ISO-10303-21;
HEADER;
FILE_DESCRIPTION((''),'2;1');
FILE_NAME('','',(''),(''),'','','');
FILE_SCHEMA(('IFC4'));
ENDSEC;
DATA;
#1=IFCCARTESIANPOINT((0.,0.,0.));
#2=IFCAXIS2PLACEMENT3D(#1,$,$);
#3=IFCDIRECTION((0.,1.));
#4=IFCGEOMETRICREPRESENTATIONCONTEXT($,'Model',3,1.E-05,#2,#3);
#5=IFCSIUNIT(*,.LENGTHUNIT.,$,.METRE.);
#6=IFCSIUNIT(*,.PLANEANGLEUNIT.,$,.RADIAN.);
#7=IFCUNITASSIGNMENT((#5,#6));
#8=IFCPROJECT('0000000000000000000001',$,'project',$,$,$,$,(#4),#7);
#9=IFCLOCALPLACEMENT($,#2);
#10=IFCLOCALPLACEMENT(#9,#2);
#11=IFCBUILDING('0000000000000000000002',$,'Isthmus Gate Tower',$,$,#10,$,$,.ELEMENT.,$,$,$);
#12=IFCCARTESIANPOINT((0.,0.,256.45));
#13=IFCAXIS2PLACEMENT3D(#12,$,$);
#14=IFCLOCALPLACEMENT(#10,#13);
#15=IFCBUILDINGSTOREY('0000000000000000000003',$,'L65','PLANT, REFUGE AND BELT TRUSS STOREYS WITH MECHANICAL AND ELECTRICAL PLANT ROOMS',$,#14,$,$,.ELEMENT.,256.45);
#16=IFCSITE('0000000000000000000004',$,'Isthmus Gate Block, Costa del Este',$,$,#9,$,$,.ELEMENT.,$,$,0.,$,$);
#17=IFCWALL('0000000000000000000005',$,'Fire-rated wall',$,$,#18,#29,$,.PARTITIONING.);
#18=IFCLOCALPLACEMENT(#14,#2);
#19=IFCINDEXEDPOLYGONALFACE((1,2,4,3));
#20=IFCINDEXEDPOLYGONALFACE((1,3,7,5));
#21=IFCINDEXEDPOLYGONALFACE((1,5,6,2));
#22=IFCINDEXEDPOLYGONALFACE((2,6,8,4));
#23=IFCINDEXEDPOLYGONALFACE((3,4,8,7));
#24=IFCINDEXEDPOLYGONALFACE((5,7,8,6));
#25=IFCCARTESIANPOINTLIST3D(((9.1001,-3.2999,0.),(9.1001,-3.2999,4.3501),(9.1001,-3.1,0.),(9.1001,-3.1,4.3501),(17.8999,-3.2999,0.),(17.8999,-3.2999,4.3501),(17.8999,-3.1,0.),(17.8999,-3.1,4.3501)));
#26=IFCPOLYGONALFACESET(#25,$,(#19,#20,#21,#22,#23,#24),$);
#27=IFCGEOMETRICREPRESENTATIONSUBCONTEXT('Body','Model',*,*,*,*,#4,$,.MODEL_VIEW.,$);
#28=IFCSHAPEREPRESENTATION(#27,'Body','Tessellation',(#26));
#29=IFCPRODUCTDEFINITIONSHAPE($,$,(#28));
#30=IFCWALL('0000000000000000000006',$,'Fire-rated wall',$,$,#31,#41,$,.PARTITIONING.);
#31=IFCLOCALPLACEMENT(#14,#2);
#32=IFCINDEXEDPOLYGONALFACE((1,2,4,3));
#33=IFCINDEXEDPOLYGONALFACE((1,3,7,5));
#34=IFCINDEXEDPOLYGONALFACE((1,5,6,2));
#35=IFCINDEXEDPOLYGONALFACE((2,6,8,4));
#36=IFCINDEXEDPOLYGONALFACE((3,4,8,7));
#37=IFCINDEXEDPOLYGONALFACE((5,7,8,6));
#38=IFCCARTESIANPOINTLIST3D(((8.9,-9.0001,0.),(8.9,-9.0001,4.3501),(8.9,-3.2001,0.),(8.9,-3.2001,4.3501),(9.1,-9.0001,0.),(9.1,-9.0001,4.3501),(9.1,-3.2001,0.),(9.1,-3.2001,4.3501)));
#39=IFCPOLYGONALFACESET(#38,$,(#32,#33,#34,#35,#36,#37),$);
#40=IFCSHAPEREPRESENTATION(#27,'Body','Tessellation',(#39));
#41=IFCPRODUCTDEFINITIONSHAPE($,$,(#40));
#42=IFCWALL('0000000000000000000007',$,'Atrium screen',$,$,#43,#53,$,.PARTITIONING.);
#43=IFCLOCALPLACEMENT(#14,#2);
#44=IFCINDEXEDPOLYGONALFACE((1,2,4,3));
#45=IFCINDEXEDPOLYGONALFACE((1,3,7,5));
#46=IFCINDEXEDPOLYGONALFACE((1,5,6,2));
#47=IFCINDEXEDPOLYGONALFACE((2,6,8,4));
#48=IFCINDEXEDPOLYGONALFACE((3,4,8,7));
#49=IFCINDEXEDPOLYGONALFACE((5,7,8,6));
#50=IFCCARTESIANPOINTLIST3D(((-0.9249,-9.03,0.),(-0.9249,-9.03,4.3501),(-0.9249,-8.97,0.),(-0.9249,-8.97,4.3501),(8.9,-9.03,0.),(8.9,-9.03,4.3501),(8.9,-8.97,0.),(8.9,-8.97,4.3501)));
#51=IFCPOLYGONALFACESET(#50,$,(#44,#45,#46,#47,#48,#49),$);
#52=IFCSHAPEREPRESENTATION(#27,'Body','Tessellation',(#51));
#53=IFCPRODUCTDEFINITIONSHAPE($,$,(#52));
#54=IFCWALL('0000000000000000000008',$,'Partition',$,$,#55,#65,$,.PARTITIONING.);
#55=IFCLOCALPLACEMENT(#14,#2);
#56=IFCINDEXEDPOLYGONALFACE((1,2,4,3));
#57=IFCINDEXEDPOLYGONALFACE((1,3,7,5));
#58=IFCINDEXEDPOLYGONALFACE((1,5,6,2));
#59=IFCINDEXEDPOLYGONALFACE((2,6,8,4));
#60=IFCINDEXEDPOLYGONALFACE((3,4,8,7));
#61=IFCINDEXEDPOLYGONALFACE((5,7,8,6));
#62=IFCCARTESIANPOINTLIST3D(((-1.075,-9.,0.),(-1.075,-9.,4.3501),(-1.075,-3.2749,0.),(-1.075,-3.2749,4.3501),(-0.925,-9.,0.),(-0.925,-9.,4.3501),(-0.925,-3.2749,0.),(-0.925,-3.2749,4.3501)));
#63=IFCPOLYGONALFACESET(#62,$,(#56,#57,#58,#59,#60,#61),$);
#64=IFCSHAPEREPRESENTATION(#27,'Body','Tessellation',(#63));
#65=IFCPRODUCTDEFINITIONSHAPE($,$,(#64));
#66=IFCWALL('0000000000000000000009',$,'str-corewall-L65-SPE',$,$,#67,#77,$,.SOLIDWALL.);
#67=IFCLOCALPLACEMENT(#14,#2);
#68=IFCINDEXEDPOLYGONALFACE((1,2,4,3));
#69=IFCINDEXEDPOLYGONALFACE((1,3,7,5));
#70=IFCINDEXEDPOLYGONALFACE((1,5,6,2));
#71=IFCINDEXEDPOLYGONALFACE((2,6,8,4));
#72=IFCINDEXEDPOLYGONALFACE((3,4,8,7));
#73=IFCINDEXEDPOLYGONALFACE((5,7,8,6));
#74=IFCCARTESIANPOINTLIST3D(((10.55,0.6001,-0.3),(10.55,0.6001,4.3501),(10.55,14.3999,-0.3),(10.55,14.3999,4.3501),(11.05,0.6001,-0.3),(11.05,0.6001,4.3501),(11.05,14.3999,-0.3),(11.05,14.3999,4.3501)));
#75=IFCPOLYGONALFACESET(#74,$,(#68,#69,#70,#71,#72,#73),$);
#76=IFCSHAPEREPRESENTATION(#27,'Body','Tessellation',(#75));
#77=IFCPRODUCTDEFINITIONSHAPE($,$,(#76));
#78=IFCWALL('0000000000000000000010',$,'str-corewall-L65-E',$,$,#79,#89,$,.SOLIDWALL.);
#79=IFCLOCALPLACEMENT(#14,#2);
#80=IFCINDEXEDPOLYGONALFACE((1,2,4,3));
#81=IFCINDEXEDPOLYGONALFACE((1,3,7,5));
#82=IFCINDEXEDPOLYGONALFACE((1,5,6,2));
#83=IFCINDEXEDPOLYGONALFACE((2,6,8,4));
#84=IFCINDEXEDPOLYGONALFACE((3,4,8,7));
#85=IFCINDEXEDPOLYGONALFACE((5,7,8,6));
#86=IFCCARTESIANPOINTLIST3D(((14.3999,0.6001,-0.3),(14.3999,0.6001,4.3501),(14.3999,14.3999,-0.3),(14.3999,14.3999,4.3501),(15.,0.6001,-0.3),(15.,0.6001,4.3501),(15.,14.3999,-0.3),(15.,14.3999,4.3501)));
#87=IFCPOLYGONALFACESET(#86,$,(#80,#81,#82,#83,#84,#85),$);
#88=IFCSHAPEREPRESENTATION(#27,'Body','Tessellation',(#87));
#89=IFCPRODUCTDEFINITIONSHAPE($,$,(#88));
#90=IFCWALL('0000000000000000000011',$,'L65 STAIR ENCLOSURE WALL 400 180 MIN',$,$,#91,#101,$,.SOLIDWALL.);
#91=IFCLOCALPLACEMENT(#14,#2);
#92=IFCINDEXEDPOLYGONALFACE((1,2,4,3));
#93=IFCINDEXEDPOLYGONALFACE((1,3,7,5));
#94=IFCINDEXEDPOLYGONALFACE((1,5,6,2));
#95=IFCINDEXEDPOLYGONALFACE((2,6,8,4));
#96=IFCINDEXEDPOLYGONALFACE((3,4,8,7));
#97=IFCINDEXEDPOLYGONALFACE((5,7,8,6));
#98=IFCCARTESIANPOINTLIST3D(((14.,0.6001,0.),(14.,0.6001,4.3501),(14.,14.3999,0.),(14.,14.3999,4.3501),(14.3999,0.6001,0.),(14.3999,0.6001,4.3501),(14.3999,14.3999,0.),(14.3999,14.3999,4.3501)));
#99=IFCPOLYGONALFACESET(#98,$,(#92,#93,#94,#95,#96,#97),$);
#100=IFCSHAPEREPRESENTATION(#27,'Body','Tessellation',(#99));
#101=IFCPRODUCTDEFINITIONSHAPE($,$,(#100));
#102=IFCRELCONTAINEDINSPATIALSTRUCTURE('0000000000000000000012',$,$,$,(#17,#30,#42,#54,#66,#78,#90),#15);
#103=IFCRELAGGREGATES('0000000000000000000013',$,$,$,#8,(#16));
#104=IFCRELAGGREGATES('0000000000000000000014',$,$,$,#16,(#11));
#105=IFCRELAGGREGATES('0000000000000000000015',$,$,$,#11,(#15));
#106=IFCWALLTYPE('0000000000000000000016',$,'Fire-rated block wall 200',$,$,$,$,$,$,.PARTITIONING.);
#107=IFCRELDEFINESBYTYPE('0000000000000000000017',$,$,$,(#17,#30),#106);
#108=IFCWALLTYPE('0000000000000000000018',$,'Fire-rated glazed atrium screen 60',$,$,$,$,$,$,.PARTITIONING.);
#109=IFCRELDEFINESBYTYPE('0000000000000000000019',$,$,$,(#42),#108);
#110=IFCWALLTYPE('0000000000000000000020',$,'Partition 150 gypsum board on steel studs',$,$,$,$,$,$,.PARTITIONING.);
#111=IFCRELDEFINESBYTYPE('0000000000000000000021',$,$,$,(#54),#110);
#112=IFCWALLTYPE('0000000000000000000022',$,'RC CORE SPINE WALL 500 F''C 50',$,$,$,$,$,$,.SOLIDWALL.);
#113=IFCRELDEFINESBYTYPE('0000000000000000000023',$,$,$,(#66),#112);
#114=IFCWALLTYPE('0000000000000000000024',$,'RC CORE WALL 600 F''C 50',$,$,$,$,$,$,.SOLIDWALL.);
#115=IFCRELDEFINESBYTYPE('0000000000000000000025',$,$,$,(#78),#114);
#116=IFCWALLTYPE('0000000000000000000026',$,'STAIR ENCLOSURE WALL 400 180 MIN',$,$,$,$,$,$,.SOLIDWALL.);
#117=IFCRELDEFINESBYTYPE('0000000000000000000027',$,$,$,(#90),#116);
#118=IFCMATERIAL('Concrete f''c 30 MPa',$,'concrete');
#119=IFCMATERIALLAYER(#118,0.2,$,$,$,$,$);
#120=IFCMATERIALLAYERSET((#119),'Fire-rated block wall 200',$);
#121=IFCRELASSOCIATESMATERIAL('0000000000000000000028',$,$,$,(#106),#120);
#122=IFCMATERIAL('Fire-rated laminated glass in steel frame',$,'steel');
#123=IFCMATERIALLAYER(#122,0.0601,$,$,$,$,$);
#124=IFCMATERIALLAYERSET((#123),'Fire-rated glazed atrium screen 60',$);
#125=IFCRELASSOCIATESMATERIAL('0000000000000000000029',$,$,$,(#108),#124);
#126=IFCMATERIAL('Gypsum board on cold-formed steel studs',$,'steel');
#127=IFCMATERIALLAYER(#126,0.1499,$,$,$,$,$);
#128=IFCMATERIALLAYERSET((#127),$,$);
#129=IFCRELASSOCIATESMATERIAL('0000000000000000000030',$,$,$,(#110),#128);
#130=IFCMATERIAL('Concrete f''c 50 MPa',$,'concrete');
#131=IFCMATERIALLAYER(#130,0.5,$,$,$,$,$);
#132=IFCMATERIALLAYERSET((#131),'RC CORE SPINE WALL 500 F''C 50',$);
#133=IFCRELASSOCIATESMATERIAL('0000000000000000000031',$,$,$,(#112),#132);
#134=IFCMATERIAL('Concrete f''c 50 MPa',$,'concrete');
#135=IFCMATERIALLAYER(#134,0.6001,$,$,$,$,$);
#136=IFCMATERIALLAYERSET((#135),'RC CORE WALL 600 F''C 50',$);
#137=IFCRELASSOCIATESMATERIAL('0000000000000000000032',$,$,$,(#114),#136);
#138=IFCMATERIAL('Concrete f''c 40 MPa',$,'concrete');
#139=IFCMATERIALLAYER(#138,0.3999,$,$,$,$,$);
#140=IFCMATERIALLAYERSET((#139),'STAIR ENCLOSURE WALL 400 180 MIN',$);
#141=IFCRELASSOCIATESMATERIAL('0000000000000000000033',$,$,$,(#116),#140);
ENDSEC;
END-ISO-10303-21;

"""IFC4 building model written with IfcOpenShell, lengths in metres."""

from ifc_helpers import new_model, si_unit, direction, frame, frame_2d, origin, place, context, subcontext, project, spatial, rectangle, extrude, material, layer, layer_set, type_object, element, save


model = new_model("IFC4")

# Units and contexts
model_context = context("Model", 3, precision=1e-05, world=origin(), true_north=direction((0.0, 1.0)))
body_context = subcontext(model_context, "Body", "Model", "MODEL_VIEW")
ifc_project = project(units=[si_unit("LENGTHUNIT", "METRE"), si_unit("PLANEANGLEUNIT", "RADIAN")], contexts=[model_context])

# Site, building, storey
site_placement = place(None, origin())
site = spatial("IfcSite", under=ifc_project, at=site_placement, Name="Isthmus Gate Block, Costa del Este", CompositionType="ELEMENT", RefElevation=0.0)
building_placement = place(site_placement, origin())
building = spatial("IfcBuilding", under=site, at=building_placement, Name="Isthmus Gate Tower", CompositionType="ELEMENT")
storey_placement = place(building_placement, frame((0.0, 0.0, 256.45)))
storey = spatial("IfcBuildingStorey", under=building, at=storey_placement, Name="L65", Description="PLANT, REFUGE AND BELT TRUSS STOREYS WITH MECHANICAL AND ELECTRICAL PLANT ROOMS", CompositionType="ELEMENT", Elevation=256.45)

# Walls
ifc_material_1 = material(Name="Concrete f'c 30 MPa", Category="concrete")
ifc_layer_1 = layer(ifc_material_1, 0.2)
ifc_layer_set_1 = layer_set([ifc_layer_1], Name="Fire-rated block wall 200")
wall_type_1 = type_object("IfcWallType", Name="Fire-rated block wall 200", PredefinedType="PARTITIONING", material=ifc_layer_set_1)
wall_1_placement = place(storey_placement, frame((9.1001, -3.2, 0.0), z_axis=(0.0, 0.0, 1.0), x_axis=(1.0, 0.0, 0.0)))
element("IfcWall", 1, at=wall_1_placement, inside=storey, type_object=wall_type_1, Name="Fire-rated wall", PredefinedType="PARTITIONING", context=body_context, shape_type="SweptSolid", body=[
    extrude(rectangle(XDim=8.7998, YDim=0.2, at=frame_2d((4.3999, 0.0))), origin(), (0.0, 0.0, 1.0), 4.3501),
])
wall_2_placement = place(storey_placement, frame((9.0, -9.0, 0.0), z_axis=(0.0, 0.0, 1.0), x_axis=(0.0, 1.0, 0.0)))
element("IfcWall", 2, at=wall_2_placement, inside=storey, type_object=wall_type_1, Name="Fire-rated wall", PredefinedType="PARTITIONING", context=body_context, shape_type="SweptSolid", body=[
    extrude(rectangle(XDim=5.8, YDim=0.2, at=frame_2d((2.8999, 0.0))), origin(), (0.0, 0.0, 1.0), 4.3501),
])
ifc_material_2 = material(Name="Fire-rated laminated glass in steel frame", Category="steel")
ifc_layer_2 = layer(ifc_material_2, 0.0601)
ifc_layer_set_2 = layer_set([ifc_layer_2], Name="Fire-rated glazed atrium screen 60")
wall_type_2 = type_object("IfcWallType", Name="Fire-rated glazed atrium screen 60", PredefinedType="PARTITIONING", material=ifc_layer_set_2)
wall_3_placement = place(storey_placement, frame((-0.925, -9.0, 0.0), z_axis=(0.0, 0.0, 1.0), x_axis=(1.0, 0.0, 0.0)))
element("IfcWall", 3, at=wall_3_placement, inside=storey, type_object=wall_type_2, Name="Atrium screen", PredefinedType="PARTITIONING", context=body_context, shape_type="SweptSolid", body=[
    extrude(rectangle(XDim=9.825, YDim=0.0601, at=frame_2d((4.9126, 0.0))), origin(), (0.0, 0.0, 1.0), 4.3501),
])
ifc_material_3 = material(Name="Gypsum board on cold-formed steel studs", Category="steel")
ifc_layer_3 = layer(ifc_material_3, 0.1499)
ifc_layer_set_3 = layer_set([ifc_layer_3])
wall_type_3 = type_object("IfcWallType", Name="Partition 150 gypsum board on steel studs", PredefinedType="PARTITIONING", material=ifc_layer_set_3)
wall_4_placement = place(storey_placement, frame((-1.0, -9.0, 0.0), z_axis=(0.0, 0.0, 1.0), x_axis=(0.0, 1.0, 0.0)))
element("IfcWall", 4, at=wall_4_placement, inside=storey, type_object=wall_type_3, Name="Partition", PredefinedType="PARTITIONING", context=body_context, shape_type="SweptSolid", body=[
    extrude(rectangle(XDim=5.7251, YDim=0.1499, at=frame_2d((2.8625, 0.0))), origin(), (0.0, 0.0, 1.0), 4.3501),
])
ifc_material_4 = material(Name="Concrete f'c 50 MPa", Category="concrete")
ifc_layer_4 = layer(ifc_material_4, 0.5)
ifc_layer_set_4 = layer_set([ifc_layer_4], Name="RC CORE SPINE WALL 500 F'C 50")
wall_type_4 = type_object("IfcWallType", Name="RC CORE SPINE WALL 500 F'C 50", PredefinedType="SOLIDWALL", material=ifc_layer_set_4)
wall_5_placement = place(storey_placement, frame((10.8, 0.6001, -0.3), z_axis=(0.0, 0.0, 1.0), x_axis=(0.0, 1.0, 0.0)))
element("IfcWall", 5, at=wall_5_placement, inside=storey, type_object=wall_type_4, Name="str-corewall-L65-SPE", PredefinedType="SOLIDWALL", context=body_context, shape_type="SweptSolid", body=[
    extrude(rectangle(XDim=13.7998, YDim=0.5, at=frame_2d((6.8999, 0.0))), origin(), (0.0, 0.0, 1.0), 4.6501),
])
ifc_material_5 = material(Name="Concrete f'c 50 MPa", Category="concrete")
ifc_layer_5 = layer(ifc_material_5, 0.6001)
ifc_layer_set_5 = layer_set([ifc_layer_5], Name="RC CORE WALL 600 F'C 50")
wall_type_5 = type_object("IfcWallType", Name="RC CORE WALL 600 F'C 50", PredefinedType="SOLIDWALL", material=ifc_layer_set_5)
wall_6_placement = place(storey_placement, frame((14.7, 0.6001, -0.3), z_axis=(0.0, 0.0, 1.0), x_axis=(0.0, 1.0, 0.0)))
element("IfcWall", 6, at=wall_6_placement, inside=storey, type_object=wall_type_5, Name="str-corewall-L65-E", PredefinedType="SOLIDWALL", context=body_context, shape_type="SweptSolid", body=[
    extrude(rectangle(XDim=13.7998, YDim=0.6001, at=frame_2d((6.8999, 0.0))), origin(), (0.0, 0.0, 1.0), 4.6501),
])
ifc_material_6 = material(Name="Concrete f'c 40 MPa", Category="concrete")
ifc_layer_6 = layer(ifc_material_6, 0.3999)
ifc_layer_set_6 = layer_set([ifc_layer_6], Name="STAIR ENCLOSURE WALL 400 180 MIN")
wall_type_6 = type_object("IfcWallType", Name="STAIR ENCLOSURE WALL 400 180 MIN", PredefinedType="SOLIDWALL", material=ifc_layer_set_6)
wall_7_placement = place(storey_placement, frame((14.2, 0.6001, 0.0), z_axis=(0.0, 0.0, 1.0), x_axis=(0.0, 1.0, 0.0)))
element("IfcWall", 7, at=wall_7_placement, inside=storey, type_object=wall_type_6, Name="L65 STAIR ENCLOSURE WALL 400 180 MIN", PredefinedType="SOLIDWALL", context=body_context, shape_type="SweptSolid", body=[
    extrude(rectangle(XDim=13.7998, YDim=0.3999, at=frame_2d((6.8999, 0.0))), origin(), (0.0, 0.0, 1.0), 4.3501),
])

save(model, "model.ifc")
